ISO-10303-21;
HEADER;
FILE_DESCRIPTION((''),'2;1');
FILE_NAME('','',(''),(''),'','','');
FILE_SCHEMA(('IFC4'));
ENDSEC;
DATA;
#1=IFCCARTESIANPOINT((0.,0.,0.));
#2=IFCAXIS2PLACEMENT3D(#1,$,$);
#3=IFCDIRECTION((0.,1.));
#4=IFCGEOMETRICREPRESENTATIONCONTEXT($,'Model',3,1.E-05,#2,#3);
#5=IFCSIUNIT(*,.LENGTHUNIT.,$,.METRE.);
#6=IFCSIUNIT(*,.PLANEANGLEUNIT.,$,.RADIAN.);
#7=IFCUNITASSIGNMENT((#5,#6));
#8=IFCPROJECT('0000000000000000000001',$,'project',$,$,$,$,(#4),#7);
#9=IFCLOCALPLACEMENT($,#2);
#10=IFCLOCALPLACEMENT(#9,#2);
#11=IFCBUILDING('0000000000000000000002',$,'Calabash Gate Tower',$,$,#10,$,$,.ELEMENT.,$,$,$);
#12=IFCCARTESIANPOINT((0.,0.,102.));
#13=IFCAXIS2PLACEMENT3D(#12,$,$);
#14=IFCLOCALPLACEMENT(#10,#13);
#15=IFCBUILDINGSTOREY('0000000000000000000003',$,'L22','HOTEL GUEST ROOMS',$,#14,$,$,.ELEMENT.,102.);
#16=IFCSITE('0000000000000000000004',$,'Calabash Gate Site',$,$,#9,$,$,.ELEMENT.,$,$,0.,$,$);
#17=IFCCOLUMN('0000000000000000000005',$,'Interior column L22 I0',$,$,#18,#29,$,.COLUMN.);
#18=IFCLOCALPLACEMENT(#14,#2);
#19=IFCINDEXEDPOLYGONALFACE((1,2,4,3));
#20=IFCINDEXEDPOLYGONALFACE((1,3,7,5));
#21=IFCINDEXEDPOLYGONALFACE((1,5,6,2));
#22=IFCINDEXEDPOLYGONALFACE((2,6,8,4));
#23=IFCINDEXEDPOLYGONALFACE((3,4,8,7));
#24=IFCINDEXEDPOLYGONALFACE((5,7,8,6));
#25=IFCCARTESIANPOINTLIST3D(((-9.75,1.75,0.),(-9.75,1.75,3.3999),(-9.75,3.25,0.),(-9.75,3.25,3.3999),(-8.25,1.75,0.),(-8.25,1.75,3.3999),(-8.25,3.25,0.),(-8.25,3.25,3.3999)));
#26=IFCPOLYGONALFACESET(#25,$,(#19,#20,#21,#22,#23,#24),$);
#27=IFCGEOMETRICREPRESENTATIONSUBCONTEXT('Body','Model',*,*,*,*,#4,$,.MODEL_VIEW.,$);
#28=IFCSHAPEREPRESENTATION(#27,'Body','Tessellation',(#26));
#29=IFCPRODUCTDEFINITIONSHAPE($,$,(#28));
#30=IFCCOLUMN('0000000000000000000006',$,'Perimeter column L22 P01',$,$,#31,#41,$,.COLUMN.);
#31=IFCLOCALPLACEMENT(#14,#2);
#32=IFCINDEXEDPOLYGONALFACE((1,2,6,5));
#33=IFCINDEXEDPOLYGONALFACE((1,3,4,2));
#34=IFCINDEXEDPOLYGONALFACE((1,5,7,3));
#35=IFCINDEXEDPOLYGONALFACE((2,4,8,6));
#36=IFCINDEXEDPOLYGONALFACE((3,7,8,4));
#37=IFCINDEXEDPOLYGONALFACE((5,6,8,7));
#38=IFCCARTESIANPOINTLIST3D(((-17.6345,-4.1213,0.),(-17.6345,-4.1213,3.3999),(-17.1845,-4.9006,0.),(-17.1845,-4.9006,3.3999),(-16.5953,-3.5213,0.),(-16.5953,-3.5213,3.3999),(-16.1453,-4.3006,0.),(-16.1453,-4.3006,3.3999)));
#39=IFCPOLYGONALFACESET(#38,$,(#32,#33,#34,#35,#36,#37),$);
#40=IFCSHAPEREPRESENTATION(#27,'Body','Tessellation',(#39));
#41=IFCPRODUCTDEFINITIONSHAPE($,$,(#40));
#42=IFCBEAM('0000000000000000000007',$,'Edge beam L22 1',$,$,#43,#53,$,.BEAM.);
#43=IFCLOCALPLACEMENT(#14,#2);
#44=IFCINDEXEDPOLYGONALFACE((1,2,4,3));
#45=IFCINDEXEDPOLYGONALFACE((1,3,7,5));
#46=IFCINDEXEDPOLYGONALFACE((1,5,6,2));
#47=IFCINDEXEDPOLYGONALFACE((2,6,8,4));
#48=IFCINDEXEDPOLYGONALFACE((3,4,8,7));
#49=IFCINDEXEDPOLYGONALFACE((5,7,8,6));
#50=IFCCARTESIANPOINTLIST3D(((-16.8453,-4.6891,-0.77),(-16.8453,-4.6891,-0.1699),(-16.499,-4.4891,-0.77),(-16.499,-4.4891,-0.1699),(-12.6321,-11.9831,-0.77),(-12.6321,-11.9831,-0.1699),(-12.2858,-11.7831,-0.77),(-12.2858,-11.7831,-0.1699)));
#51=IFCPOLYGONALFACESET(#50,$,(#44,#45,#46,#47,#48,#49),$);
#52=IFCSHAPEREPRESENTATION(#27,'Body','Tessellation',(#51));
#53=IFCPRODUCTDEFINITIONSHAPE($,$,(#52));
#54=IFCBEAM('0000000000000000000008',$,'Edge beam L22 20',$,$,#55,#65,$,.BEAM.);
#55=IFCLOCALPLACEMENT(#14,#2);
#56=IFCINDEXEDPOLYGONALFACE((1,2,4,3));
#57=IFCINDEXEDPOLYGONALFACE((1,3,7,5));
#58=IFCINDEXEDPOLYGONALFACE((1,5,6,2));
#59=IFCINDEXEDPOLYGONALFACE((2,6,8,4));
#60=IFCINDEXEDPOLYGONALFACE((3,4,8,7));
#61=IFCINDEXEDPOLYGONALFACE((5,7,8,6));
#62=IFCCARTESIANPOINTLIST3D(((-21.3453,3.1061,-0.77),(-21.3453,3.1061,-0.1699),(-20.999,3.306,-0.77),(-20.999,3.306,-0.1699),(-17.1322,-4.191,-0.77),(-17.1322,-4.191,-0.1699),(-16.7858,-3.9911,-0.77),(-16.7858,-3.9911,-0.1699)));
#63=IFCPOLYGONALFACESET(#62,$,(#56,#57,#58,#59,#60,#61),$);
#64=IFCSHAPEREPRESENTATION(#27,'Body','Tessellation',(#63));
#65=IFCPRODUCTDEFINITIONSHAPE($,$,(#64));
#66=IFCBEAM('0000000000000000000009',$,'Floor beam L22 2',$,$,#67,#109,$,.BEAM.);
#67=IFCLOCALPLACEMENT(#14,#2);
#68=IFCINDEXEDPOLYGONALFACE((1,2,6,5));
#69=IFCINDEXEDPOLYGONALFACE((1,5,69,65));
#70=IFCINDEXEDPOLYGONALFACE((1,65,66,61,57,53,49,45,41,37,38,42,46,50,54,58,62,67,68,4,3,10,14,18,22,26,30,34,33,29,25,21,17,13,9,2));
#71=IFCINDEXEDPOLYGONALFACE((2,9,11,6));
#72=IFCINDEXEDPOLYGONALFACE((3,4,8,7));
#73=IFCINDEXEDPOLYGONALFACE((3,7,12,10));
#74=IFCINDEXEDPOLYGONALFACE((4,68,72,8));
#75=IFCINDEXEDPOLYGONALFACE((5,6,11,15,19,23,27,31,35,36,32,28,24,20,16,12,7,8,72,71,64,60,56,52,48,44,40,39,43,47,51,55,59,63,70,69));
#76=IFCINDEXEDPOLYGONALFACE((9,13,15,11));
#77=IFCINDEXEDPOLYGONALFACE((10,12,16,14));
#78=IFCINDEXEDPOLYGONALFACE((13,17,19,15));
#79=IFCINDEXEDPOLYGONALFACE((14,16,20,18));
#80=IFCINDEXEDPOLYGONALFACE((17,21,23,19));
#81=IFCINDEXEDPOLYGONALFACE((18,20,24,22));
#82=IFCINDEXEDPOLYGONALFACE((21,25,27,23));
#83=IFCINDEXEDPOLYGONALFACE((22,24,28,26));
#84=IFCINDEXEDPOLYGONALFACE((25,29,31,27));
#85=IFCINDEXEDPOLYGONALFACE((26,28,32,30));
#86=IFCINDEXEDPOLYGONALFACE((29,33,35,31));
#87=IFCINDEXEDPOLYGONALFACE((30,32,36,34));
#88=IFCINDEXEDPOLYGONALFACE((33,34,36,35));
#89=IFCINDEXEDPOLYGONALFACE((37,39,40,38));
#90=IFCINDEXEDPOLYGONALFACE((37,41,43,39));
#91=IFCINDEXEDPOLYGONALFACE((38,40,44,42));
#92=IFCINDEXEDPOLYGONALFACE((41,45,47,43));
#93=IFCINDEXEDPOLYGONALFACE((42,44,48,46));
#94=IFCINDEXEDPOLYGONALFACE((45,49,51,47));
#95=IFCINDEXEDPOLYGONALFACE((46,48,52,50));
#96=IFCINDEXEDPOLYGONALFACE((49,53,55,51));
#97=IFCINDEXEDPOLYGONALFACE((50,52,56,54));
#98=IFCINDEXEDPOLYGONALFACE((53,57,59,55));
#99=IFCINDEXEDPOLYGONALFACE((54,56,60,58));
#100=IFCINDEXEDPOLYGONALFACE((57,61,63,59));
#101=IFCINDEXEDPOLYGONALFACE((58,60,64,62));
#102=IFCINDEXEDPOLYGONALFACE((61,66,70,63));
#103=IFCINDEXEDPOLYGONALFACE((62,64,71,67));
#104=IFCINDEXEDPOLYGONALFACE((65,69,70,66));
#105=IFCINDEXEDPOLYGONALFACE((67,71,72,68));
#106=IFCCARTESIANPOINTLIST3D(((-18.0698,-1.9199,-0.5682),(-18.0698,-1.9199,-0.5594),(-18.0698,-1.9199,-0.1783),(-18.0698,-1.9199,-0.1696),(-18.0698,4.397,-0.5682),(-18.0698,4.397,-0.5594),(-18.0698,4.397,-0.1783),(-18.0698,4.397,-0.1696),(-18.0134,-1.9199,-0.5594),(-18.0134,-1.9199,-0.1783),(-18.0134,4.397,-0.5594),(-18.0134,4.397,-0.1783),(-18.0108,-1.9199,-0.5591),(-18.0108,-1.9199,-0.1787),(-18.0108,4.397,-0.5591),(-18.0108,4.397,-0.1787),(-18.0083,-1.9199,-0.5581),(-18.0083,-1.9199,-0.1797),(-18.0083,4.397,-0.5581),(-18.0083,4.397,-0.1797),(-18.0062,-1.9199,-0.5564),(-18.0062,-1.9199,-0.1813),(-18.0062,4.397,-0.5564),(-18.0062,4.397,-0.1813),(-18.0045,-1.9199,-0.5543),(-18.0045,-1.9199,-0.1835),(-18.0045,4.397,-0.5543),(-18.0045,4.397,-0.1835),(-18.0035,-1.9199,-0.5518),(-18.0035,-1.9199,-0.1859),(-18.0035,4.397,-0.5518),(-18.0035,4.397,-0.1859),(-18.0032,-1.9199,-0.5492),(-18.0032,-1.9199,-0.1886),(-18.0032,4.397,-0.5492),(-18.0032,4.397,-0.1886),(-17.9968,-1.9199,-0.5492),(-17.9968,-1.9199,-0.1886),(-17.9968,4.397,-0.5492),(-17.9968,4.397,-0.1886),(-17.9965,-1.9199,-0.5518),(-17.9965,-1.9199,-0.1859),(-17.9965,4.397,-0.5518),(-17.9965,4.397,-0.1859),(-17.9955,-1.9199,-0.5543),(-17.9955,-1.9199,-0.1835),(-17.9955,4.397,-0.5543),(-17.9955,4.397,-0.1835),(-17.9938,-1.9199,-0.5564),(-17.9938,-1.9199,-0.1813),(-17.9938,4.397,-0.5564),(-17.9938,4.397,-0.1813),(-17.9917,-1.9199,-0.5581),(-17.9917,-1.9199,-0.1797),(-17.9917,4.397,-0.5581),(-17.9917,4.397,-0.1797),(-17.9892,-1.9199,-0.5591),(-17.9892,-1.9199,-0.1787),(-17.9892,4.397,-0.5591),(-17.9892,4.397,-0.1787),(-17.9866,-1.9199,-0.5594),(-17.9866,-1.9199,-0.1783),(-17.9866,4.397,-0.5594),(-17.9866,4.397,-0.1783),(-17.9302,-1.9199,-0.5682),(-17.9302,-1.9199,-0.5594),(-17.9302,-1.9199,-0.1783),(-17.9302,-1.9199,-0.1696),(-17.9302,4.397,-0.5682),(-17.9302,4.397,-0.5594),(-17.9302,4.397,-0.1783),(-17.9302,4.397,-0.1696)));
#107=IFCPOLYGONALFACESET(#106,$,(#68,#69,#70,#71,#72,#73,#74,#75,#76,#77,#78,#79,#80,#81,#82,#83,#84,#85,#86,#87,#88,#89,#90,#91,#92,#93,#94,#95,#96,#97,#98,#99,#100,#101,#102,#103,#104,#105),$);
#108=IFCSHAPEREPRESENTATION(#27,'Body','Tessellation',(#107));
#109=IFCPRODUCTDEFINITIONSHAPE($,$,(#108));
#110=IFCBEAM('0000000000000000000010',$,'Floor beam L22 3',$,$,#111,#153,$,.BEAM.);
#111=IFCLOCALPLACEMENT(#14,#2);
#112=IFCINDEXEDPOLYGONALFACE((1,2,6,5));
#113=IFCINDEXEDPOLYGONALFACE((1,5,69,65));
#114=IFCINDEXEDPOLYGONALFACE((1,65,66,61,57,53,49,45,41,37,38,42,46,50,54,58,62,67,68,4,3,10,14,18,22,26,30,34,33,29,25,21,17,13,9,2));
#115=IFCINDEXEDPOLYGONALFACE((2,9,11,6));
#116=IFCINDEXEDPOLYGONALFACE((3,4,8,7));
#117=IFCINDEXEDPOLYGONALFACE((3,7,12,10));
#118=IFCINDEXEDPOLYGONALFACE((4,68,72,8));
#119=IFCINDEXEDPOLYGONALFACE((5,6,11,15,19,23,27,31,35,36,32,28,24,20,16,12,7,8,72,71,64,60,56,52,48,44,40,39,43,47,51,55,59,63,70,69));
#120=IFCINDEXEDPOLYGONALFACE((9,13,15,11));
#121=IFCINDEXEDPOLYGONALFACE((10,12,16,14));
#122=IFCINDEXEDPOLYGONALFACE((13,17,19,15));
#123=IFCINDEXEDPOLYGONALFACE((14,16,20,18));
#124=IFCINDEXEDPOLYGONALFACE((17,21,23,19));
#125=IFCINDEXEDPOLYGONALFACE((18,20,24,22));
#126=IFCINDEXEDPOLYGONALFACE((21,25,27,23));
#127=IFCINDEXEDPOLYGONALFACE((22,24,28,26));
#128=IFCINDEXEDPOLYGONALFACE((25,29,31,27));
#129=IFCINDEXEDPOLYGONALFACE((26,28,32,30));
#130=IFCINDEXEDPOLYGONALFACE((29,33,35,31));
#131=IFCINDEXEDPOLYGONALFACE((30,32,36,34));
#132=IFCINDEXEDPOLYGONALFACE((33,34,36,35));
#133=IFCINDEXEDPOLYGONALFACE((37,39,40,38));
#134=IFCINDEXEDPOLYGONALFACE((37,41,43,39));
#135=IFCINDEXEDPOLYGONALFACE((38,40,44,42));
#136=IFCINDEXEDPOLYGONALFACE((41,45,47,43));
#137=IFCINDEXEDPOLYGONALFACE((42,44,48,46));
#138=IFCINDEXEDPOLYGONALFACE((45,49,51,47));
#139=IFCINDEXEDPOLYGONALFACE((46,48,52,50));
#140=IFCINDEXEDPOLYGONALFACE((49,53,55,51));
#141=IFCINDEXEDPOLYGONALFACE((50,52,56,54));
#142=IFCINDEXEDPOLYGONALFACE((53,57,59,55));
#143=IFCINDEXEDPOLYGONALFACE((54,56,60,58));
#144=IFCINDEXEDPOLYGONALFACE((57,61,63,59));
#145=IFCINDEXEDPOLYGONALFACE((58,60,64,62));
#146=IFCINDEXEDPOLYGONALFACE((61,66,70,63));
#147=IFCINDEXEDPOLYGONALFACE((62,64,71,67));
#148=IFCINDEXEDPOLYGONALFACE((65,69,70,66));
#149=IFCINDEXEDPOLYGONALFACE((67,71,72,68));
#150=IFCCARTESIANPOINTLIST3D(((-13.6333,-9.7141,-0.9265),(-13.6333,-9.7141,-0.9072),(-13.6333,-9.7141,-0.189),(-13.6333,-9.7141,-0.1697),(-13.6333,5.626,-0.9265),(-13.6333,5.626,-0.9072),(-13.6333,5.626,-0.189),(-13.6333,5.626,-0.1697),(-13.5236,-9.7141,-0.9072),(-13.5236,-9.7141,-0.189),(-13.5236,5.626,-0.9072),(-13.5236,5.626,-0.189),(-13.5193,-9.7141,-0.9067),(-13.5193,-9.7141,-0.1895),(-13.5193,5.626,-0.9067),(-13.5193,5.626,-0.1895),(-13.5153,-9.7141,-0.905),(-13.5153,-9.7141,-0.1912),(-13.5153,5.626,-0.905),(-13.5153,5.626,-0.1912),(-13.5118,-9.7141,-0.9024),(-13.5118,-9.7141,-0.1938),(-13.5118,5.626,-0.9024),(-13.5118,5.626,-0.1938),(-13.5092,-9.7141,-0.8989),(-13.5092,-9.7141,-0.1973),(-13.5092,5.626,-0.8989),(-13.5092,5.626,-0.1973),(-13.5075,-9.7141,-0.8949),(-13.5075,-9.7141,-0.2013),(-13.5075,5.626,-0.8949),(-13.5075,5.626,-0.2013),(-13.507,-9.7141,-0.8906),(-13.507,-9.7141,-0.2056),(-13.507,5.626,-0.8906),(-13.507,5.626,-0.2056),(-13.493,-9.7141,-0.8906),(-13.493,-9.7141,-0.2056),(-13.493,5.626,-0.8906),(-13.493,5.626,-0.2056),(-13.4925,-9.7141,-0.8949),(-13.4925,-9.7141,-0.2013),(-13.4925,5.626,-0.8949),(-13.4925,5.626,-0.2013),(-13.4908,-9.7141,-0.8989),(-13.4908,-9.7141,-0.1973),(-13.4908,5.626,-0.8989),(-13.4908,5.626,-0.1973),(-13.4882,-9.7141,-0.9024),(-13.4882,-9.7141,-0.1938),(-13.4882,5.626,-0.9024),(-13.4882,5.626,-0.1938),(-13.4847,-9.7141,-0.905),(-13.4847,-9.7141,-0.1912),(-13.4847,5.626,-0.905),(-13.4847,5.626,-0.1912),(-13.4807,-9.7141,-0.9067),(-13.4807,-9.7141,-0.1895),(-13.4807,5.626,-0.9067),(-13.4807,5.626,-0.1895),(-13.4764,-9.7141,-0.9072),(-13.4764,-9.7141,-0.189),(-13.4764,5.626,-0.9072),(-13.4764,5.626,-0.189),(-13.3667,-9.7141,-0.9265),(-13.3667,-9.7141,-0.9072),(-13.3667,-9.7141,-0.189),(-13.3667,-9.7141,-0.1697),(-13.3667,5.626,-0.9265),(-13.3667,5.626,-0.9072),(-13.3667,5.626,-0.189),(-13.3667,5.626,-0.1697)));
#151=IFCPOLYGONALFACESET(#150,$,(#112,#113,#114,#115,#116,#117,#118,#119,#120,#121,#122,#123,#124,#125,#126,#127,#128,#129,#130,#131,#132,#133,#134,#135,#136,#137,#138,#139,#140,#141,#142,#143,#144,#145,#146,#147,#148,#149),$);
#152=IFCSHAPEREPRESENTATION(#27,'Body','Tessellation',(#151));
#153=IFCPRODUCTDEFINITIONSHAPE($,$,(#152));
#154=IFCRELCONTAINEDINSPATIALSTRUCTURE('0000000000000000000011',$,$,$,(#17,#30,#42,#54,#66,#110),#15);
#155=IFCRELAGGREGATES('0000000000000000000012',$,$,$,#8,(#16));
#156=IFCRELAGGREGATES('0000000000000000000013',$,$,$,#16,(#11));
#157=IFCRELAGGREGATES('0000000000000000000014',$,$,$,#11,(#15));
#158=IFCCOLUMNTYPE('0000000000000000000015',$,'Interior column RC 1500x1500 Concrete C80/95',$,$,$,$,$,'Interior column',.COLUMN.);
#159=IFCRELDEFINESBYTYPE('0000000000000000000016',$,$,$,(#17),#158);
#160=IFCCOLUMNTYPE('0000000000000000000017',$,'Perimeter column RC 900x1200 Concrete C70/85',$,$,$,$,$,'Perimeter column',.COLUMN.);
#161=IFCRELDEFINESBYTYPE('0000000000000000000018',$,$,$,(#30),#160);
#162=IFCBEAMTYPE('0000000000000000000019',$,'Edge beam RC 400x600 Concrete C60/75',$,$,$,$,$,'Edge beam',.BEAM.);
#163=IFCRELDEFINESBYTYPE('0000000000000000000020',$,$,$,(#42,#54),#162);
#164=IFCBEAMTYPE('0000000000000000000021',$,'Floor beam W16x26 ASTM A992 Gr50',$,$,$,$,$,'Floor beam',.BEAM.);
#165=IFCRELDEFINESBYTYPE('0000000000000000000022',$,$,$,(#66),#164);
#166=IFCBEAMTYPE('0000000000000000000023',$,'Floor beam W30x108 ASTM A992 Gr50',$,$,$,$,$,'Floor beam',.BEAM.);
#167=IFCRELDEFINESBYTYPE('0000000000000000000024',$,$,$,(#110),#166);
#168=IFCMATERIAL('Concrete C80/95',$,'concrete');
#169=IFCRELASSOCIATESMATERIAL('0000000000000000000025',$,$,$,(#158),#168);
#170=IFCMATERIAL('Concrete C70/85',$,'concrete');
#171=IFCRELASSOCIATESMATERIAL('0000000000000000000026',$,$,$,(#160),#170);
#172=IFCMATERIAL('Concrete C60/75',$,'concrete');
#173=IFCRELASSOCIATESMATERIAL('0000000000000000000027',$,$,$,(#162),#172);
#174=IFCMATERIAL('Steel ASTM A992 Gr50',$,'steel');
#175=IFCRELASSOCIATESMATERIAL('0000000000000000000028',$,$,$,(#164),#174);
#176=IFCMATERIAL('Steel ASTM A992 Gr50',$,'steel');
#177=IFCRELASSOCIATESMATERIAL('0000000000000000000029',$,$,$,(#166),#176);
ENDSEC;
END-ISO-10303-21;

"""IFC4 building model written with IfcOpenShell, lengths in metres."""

from ifc_helpers import new_model, si_unit, direction, frame, origin, origin_2d, place, context, subcontext, project, spatial, rectangle, i_section, extrude, material, material_profile, profile_set, type_object, element, save


model = new_model("IFC4")

# Units and contexts
model_context = context("Model", 3, precision=1e-05, world=origin(), true_north=direction((0.0, 1.0)))
body_context = subcontext(model_context, "Body", "Model", "MODEL_VIEW")
ifc_project = project(units=[si_unit("LENGTHUNIT", "METRE"), si_unit("PLANEANGLEUNIT", "RADIAN")], contexts=[model_context])

# Site, building, storey
site_placement = place(None, origin())
site = spatial("IfcSite", under=ifc_project, at=site_placement, Name="Calabash Gate Site", CompositionType="ELEMENT", RefElevation=0.0)
building_placement = place(site_placement, origin())
building = spatial("IfcBuilding", under=site, at=building_placement, Name="Calabash Gate Tower", CompositionType="ELEMENT")
storey_placement = place(building_placement, frame((0.0, 0.0, 102.0)))
storey = spatial("IfcBuildingStorey", under=building, at=storey_placement, Name="L22", Description="HOTEL GUEST ROOMS", CompositionType="ELEMENT", Elevation=102.0)

# Columns
ifc_material_1 = material(Name="Concrete C80/95", Category="concrete")
ifc_material_profile_1 = material_profile(ifc_material_1, rectangle(XDim=1.5, YDim=1.5, at=origin_2d()))
ifc_profile_set_1 = profile_set([ifc_material_profile_1], Name="Concrete C80/95")
column_type_1 = type_object("IfcColumnType", Name="Interior column RC 1500x1500 Concrete C80/95", ElementType="Interior column", PredefinedType="COLUMN", material=ifc_profile_set_1)
column_1_placement = place(storey_placement, frame((-9.0, 2.5, 0.0), z_axis=(0.0, 0.0, 1.0), x_axis=(1.0, 0.0, 0.0)))
element("IfcColumn", 1, at=column_1_placement, inside=storey, type_object=column_type_1, Name="Interior column L22 I0", PredefinedType="COLUMN", context=body_context, shape_type="SweptSolid", body=[
    extrude(rectangle(XDim=1.5, YDim=1.5, at=origin_2d()), origin(), (0.0, 0.0, 1.0), 3.3999),
])
ifc_material_2 = material(Name="Concrete C70/85", Category="concrete")
ifc_material_profile_2 = material_profile(ifc_material_2, rectangle(XDim=0.8999, YDim=1.2, at=origin_2d()))
ifc_profile_set_2 = profile_set([ifc_material_profile_2], Name="Concrete C70/85")
column_type_2 = type_object("IfcColumnType", Name="Perimeter column RC 900x1200 Concrete C70/85", ElementType="Perimeter column", PredefinedType="COLUMN", material=ifc_profile_set_2)
column_2_placement = place(storey_placement, frame((-16.8899, -4.2109, 0.0), z_axis=(0.0, 0.0, 1.0), x_axis=(0.5, -0.866025, 0.0)))
element("IfcColumn", 2, at=column_2_placement, inside=storey, type_object=column_type_2, Name="Perimeter column L22 P01", PredefinedType="COLUMN", context=body_context, shape_type="SweptSolid", body=[
    extrude(rectangle(XDim=0.8999, YDim=1.2, at=origin_2d()), origin(), (0.0, 0.0, 1.0), 3.3999),
])

# Beams
ifc_material_3 = material(Name="Concrete C60/75", Category="concrete")
ifc_material_profile_3 = material_profile(ifc_material_3, rectangle(XDim=0.3999, YDim=0.6001, at=origin_2d()))
ifc_profile_set_3 = profile_set([ifc_material_profile_3], Name="Concrete C60/75")
beam_type_1 = type_object("IfcBeamType", Name="Edge beam RC 400x600 Concrete C60/75", ElementType="Edge beam", PredefinedType="BEAM", material=ifc_profile_set_3)
beam_1_placement = place(storey_placement, frame((-16.6721, -4.5891, -0.47), z_axis=(0.500176, -0.865924, 0.0), x_axis=(0.865924, 0.500176, 0.0)))
element("IfcBeam", 3, at=beam_1_placement, inside=storey, type_object=beam_type_1, Name="Edge beam L22 1", PredefinedType="BEAM", context=body_context, shape_type="SweptSolid", body=[
    extrude(rectangle(XDim=0.3999, YDim=0.6001, at=origin_2d()), origin(), (0.0, 0.0, 1.0), 8.4233),
])
beam_2_placement = place(storey_placement, frame((-21.1721, 3.2061, -0.47), z_axis=(0.500013, -0.866018, 0.0), x_axis=(0.866018, 0.500013, 0.0)))
element("IfcBeam", 4, at=beam_2_placement, inside=storey, type_object=beam_type_1, Name="Edge beam L22 20", PredefinedType="BEAM", context=body_context, shape_type="SweptSolid", body=[
    extrude(rectangle(XDim=0.3999, YDim=0.6001, at=origin_2d()), origin(), (0.0, 0.0, 1.0), 8.426),
])
ifc_material_4 = material(Name="Steel ASTM A992 Gr50", Category="steel")
ifc_material_profile_4 = material_profile(ifc_material_4, i_section(OverallWidth=0.1396, OverallDepth=0.3987, WebThickness=0.0063, FlangeThickness=0.0088, FilletRadius=0.0103, at=origin_2d()))
ifc_profile_set_4 = profile_set([ifc_material_profile_4], Name="Steel ASTM A992 Gr50")
beam_type_2 = type_object("IfcBeamType", Name="Floor beam W16x26 ASTM A992 Gr50", ElementType="Floor beam", PredefinedType="BEAM", material=ifc_profile_set_4)
beam_3_placement = place(storey_placement, frame((-18.0, -1.9199, -0.3689), z_axis=(0.0, 1.0, 0.0), x_axis=(-1.0, 0.0, 0.0)))
element("IfcBeam", 5, at=beam_3_placement, inside=storey, type_object=beam_type_2, Name="Floor beam L22 2", PredefinedType="BEAM", context=body_context, shape_type="SweptSolid", body=[
    extrude(i_section(OverallWidth=0.1396, OverallDepth=0.3987, WebThickness=0.0063, FlangeThickness=0.0088, FilletRadius=0.0103, at=origin_2d()), origin(), (0.0, 0.0, 1.0), 6.3169),
])
ifc_material_5 = material(Name="Steel ASTM A992 Gr50", Category="steel")
ifc_material_profile_5 = material_profile(ifc_material_5, i_section(OverallWidth=0.2666, OverallDepth=0.7568, WebThickness=0.0139, FlangeThickness=0.0193, FilletRadius=0.0166, at=origin_2d()))
ifc_profile_set_5 = profile_set([ifc_material_profile_5], Name="Steel ASTM A992 Gr50")
beam_type_3 = type_object("IfcBeamType", Name="Floor beam W30x108 ASTM A992 Gr50", ElementType="Floor beam", PredefinedType="BEAM", material=ifc_profile_set_5)
beam_4_placement = place(storey_placement, frame((-13.5, -9.7141, -0.5481), z_axis=(0.0, 1.0, 0.0), x_axis=(-1.0, 0.0, 0.0)))
element("IfcBeam", 6, at=beam_4_placement, inside=storey, type_object=beam_type_3, Name="Floor beam L22 3", PredefinedType="BEAM", context=body_context, shape_type="SweptSolid", body=[
    extrude(i_section(OverallWidth=0.2666, OverallDepth=0.7568, WebThickness=0.0139, FlangeThickness=0.0193, FilletRadius=0.0166, at=origin_2d()), origin(), (0.0, 0.0, 1.0), 15.3401),
])

save(model, "model.ifc")
